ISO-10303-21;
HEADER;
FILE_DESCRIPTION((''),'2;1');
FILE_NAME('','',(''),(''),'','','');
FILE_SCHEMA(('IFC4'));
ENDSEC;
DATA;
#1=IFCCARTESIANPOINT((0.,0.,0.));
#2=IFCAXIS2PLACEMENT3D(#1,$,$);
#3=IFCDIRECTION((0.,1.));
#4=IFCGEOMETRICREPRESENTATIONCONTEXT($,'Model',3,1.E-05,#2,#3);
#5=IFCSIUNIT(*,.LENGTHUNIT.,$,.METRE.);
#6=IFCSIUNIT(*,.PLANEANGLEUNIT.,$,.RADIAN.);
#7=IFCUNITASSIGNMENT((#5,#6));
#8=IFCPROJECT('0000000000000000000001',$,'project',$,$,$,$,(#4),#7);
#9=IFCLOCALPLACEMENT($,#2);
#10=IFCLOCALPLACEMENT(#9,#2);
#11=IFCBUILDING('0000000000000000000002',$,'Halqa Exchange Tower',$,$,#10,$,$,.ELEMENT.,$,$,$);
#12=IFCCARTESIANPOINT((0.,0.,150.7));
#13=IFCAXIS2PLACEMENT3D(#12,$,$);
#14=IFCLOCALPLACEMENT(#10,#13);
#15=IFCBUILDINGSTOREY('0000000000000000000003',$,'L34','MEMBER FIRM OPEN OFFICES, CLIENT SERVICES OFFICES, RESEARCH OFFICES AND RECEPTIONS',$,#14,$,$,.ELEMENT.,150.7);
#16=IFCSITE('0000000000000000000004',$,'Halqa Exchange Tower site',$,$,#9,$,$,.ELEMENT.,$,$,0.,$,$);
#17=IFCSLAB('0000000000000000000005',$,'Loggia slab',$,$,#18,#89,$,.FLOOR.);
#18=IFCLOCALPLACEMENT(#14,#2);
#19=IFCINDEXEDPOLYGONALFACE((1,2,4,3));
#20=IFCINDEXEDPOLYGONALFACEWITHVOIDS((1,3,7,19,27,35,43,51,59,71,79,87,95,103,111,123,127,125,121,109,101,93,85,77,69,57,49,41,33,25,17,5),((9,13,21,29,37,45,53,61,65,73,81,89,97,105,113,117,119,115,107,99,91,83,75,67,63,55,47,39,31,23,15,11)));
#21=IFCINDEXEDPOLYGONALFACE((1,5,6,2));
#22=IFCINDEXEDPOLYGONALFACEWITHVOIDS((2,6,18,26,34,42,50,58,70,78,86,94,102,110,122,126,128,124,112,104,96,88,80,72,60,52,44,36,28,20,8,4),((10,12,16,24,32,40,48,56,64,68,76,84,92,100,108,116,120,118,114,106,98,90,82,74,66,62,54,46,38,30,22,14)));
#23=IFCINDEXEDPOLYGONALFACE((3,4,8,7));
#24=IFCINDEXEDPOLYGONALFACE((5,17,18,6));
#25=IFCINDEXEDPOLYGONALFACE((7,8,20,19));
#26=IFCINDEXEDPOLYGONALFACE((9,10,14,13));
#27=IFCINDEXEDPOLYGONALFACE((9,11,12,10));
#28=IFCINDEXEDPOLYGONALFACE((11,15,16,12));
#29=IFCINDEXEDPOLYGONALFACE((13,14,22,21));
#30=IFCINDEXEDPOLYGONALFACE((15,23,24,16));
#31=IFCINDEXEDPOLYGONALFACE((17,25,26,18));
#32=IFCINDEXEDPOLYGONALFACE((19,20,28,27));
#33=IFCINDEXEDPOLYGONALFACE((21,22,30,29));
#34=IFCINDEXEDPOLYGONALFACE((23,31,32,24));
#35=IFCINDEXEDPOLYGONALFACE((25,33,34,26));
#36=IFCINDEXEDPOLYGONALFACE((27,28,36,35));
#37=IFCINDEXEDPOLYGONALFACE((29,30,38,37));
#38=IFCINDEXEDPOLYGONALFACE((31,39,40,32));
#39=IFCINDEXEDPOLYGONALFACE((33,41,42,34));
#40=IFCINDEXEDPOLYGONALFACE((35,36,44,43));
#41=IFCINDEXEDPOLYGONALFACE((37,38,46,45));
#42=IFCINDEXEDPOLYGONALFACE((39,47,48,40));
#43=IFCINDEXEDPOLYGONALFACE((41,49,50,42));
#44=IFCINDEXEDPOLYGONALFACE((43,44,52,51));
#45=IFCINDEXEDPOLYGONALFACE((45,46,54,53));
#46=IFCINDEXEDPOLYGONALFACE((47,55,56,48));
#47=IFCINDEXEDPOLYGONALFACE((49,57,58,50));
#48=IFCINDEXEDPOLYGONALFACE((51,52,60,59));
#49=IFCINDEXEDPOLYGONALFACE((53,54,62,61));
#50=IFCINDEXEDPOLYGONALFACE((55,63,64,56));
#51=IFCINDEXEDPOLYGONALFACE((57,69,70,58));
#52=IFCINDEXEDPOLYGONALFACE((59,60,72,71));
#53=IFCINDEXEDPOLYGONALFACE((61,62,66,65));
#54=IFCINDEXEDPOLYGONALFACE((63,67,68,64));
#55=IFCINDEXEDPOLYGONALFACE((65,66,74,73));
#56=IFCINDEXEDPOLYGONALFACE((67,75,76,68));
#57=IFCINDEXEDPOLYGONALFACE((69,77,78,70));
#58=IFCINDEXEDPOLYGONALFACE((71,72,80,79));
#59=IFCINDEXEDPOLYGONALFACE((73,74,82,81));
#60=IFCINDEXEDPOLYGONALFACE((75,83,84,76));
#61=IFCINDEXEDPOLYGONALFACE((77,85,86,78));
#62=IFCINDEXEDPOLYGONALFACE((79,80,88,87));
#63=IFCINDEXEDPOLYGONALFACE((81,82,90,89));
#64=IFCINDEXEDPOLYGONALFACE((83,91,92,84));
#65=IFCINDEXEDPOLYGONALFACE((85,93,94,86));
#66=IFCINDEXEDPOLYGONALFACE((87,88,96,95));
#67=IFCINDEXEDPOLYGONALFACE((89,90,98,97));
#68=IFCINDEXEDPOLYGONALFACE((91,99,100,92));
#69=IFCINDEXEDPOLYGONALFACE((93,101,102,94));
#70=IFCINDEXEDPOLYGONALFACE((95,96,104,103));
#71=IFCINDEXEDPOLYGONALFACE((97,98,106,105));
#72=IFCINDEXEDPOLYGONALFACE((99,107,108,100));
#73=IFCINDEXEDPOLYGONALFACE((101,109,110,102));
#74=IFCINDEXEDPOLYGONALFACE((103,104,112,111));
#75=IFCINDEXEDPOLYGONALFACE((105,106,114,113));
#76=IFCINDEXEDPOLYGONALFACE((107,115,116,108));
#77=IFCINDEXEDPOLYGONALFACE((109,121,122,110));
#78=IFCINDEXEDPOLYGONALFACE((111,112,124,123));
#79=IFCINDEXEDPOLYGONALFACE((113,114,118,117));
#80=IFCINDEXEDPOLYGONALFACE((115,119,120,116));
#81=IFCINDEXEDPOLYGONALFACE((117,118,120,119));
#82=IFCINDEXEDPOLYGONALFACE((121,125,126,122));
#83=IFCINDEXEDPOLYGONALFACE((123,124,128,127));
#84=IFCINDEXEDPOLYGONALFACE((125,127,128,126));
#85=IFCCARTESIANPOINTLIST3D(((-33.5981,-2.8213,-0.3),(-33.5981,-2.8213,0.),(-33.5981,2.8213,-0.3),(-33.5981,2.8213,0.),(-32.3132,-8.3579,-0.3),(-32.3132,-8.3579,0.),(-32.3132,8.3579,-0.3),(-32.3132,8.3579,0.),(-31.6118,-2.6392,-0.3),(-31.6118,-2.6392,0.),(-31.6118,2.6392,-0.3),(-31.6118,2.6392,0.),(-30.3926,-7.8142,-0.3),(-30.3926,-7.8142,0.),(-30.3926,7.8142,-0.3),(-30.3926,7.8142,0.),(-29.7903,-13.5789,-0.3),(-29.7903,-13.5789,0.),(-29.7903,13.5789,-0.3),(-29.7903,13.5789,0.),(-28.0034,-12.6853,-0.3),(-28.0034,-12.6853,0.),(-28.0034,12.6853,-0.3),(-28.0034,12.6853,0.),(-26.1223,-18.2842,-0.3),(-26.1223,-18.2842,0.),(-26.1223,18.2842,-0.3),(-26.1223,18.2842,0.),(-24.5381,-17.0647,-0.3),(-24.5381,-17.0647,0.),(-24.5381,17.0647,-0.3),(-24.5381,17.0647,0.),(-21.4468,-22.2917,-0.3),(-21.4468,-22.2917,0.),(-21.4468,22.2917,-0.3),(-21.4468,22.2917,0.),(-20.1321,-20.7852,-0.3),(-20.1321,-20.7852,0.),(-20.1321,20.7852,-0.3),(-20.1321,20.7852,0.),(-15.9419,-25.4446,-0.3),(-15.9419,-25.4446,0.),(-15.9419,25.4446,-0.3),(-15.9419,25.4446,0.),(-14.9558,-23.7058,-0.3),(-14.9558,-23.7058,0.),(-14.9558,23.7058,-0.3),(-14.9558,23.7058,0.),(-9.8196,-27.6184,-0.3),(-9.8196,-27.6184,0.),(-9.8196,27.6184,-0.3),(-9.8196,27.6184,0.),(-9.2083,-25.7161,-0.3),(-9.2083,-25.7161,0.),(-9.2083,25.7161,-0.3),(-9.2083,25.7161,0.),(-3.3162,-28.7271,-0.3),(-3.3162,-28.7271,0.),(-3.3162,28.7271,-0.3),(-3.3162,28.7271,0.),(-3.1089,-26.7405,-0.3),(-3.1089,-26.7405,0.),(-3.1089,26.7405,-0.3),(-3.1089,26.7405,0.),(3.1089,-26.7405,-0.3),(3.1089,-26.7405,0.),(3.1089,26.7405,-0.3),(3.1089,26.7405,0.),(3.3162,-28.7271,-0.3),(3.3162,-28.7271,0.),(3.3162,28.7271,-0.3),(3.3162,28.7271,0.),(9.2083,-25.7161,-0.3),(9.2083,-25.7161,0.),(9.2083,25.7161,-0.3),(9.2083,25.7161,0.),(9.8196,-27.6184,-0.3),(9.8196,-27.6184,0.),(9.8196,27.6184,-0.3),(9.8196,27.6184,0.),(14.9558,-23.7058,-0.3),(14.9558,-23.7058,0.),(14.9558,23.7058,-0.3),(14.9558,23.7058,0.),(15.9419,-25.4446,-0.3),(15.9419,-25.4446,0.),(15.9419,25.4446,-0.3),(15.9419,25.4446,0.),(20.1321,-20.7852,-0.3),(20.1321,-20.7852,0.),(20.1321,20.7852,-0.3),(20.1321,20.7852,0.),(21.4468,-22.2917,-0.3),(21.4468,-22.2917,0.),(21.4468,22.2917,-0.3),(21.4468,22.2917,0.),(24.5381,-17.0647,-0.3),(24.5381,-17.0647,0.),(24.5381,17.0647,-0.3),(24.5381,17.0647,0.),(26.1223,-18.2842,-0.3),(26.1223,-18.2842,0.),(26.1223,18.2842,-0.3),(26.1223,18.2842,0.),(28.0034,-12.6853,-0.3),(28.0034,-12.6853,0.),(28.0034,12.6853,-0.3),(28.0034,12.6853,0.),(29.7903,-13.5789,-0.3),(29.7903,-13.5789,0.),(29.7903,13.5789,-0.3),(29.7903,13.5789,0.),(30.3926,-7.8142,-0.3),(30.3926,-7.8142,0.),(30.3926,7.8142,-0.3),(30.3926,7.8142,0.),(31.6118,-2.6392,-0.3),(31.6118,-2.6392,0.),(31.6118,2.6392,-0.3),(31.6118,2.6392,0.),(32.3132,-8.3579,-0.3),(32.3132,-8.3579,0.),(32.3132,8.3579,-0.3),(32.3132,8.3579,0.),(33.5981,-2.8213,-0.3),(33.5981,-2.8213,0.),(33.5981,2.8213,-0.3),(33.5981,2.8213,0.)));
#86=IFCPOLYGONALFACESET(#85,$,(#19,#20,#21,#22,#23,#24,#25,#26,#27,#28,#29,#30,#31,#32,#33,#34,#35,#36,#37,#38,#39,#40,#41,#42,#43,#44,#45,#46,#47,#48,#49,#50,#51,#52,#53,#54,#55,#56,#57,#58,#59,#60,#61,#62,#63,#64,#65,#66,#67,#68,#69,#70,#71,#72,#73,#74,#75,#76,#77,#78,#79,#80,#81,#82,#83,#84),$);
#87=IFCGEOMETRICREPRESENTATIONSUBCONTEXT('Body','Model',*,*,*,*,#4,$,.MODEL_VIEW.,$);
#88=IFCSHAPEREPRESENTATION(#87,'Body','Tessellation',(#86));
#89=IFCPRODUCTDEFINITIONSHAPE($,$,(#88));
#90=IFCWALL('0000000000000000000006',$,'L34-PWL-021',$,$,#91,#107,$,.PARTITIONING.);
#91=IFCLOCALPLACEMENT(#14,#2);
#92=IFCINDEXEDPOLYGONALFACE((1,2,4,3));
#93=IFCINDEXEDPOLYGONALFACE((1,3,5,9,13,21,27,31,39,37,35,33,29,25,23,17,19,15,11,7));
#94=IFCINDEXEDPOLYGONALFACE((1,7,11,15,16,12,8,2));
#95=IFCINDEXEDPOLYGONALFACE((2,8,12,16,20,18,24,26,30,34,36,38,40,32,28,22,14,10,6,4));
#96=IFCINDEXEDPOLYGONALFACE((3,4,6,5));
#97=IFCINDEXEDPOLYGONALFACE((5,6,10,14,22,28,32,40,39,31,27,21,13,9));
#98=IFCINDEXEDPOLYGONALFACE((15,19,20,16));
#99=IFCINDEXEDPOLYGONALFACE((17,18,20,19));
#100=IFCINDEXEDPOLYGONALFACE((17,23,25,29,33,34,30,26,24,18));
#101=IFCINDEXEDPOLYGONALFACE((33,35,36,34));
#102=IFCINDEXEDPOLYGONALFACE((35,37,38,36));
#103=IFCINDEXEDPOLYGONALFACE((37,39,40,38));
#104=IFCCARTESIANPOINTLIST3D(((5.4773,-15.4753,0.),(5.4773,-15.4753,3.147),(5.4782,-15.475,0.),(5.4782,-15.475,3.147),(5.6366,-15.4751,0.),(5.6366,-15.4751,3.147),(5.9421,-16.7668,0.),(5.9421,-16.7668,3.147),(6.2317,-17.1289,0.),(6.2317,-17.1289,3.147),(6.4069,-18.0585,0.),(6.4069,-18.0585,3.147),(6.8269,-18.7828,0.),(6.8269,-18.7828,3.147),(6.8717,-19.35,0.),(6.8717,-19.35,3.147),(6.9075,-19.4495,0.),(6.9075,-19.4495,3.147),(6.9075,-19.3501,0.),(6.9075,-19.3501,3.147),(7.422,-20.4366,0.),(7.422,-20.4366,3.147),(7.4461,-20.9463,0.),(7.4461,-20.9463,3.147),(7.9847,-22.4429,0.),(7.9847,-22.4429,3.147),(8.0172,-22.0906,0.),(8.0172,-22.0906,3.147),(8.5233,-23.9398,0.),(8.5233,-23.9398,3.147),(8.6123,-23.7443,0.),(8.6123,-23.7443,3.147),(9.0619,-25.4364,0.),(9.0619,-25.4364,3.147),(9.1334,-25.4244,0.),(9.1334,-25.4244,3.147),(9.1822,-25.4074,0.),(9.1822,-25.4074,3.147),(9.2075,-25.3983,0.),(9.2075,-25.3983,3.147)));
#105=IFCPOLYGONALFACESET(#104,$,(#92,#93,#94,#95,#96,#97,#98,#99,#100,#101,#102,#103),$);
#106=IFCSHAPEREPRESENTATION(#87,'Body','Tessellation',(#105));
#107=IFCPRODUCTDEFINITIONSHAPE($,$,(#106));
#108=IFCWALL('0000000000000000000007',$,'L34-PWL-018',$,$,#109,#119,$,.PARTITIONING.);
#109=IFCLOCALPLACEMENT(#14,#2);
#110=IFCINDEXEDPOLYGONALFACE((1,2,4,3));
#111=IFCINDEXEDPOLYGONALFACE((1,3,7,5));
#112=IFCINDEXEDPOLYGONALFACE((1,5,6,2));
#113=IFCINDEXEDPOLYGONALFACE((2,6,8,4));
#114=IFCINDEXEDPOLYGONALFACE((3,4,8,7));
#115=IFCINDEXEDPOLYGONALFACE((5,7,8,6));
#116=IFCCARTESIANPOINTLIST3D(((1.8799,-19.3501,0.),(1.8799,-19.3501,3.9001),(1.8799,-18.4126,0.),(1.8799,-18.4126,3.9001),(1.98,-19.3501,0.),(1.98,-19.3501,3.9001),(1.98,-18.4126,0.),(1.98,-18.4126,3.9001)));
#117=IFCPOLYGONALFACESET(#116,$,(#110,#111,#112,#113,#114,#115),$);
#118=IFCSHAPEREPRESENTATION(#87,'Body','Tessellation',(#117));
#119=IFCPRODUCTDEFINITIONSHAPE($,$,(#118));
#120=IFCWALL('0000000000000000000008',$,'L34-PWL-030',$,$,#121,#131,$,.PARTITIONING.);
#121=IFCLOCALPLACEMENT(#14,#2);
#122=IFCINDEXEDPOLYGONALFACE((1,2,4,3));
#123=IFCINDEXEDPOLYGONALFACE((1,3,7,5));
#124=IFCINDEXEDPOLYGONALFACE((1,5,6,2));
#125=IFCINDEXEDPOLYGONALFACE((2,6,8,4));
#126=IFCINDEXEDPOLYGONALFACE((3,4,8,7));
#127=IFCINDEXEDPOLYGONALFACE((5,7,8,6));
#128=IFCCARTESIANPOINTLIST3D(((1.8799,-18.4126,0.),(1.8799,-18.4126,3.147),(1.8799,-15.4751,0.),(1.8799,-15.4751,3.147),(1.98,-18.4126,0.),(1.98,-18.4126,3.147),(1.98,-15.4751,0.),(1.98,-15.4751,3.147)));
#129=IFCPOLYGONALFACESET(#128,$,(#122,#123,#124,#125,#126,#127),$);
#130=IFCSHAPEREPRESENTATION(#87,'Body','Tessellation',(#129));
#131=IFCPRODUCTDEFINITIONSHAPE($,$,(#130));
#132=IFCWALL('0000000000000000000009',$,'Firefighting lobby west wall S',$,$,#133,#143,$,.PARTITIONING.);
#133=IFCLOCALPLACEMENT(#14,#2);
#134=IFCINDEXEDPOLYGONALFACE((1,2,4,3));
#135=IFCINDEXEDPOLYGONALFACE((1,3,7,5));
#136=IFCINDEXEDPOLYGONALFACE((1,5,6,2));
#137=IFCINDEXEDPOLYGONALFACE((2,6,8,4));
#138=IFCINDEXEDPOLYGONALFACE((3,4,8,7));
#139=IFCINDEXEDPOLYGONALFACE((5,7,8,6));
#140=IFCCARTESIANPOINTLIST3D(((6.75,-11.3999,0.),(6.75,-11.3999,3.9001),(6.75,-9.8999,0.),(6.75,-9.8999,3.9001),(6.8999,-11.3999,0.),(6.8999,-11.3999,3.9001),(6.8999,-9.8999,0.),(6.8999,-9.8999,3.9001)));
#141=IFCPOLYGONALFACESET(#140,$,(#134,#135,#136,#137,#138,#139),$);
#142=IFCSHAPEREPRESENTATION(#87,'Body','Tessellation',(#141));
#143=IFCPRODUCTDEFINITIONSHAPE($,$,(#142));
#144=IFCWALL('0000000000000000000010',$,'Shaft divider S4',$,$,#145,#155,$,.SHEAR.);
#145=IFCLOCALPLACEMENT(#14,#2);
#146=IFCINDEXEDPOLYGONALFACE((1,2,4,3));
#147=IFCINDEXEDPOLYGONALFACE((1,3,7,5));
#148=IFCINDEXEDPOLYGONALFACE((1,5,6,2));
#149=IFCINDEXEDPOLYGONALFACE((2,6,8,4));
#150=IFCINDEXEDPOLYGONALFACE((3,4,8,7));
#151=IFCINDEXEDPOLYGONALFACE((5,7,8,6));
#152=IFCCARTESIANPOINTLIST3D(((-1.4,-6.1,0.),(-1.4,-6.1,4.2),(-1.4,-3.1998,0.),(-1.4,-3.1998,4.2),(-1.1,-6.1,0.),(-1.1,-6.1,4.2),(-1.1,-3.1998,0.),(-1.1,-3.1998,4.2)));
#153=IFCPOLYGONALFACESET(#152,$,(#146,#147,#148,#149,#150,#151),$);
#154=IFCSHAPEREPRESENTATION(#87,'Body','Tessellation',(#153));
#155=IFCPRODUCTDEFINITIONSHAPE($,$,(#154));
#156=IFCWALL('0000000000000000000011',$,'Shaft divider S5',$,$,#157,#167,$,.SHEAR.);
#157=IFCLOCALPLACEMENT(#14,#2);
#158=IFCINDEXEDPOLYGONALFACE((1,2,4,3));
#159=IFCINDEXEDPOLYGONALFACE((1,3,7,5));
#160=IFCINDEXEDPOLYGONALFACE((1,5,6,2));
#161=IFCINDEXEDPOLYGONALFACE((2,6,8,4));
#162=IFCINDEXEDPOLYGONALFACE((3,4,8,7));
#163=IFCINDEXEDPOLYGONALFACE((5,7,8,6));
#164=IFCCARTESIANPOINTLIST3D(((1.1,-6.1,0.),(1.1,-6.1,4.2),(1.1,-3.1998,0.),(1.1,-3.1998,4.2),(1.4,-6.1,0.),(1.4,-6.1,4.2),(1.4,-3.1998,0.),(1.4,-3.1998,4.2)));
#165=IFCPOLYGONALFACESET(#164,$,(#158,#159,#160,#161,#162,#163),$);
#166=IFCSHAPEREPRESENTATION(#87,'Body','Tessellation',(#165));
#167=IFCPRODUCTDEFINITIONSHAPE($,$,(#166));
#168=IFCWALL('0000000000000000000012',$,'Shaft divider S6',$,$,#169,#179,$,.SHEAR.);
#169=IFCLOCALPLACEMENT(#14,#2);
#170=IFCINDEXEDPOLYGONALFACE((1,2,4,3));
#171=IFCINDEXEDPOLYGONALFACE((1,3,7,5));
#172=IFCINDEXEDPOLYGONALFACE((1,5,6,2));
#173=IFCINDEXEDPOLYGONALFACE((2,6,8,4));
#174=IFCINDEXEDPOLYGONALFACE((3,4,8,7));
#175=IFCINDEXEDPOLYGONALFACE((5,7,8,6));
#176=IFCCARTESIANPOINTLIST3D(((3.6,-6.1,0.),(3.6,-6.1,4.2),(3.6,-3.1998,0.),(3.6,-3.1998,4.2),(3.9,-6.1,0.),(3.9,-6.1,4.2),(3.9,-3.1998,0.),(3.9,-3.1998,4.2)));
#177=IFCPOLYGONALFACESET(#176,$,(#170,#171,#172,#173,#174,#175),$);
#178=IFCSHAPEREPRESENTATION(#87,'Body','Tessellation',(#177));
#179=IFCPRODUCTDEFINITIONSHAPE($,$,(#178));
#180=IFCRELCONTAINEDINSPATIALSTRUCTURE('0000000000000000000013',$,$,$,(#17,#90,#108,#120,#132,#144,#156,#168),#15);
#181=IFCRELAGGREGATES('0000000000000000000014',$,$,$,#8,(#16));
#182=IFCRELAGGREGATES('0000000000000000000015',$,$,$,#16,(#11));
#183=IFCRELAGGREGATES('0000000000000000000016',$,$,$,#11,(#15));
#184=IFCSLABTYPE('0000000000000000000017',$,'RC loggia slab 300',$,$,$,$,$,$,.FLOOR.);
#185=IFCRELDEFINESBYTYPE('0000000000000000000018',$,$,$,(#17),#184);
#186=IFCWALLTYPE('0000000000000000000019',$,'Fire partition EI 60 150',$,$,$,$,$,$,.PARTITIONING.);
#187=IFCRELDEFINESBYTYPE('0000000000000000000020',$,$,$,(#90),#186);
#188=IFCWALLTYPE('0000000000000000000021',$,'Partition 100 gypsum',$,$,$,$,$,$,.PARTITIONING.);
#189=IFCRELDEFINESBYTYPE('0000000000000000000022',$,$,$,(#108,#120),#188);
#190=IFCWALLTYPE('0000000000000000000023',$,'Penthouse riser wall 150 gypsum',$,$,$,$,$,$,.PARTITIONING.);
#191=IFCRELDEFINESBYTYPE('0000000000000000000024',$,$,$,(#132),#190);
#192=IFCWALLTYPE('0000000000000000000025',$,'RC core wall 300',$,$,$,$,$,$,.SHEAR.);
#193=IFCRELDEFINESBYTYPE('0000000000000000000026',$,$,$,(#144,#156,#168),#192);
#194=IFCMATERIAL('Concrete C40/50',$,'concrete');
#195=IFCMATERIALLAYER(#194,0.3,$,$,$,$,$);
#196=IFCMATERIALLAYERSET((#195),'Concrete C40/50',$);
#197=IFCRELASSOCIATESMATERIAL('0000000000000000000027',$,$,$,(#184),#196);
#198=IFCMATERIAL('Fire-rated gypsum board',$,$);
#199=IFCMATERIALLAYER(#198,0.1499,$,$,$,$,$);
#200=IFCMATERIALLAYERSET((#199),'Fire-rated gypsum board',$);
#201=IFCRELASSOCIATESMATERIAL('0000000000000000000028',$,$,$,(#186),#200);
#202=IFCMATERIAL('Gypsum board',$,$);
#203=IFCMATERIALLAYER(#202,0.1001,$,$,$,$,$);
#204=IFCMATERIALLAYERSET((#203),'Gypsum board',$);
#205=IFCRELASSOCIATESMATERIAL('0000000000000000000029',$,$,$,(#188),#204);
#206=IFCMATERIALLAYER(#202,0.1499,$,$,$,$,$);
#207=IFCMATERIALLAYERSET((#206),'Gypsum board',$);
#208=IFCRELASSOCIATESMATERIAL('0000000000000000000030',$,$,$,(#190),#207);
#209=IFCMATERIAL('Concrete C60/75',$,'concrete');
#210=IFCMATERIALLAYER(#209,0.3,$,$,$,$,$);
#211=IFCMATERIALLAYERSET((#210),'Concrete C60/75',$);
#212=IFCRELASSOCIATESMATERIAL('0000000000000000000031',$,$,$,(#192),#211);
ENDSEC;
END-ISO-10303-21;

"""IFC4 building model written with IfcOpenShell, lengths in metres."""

from ifc_helpers import new_model, si_unit, direction, frame, frame_2d, origin, place, context, subcontext, project, spatial, polyline, rectangle, outline, extrude, material, layer, layer_set, type_object, element, save


model = new_model("IFC4")

# Units and contexts
model_context = context("Model", 3, precision=1e-05, world=origin(), true_north=direction((0.0, 1.0)))
body_context = subcontext(model_context, "Body", "Model", "MODEL_VIEW")
ifc_project = project(units=[si_unit("LENGTHUNIT", "METRE"), si_unit("PLANEANGLEUNIT", "RADIAN")], contexts=[model_context])

# Site, building, storey
site_placement = place(None, origin())
site = spatial("IfcSite", under=ifc_project, at=site_placement, Name="Halqa Exchange Tower site", CompositionType="ELEMENT", RefElevation=0.0)
building_placement = place(site_placement, origin())
building = spatial("IfcBuilding", under=site, at=building_placement, Name="Halqa Exchange Tower", CompositionType="ELEMENT")
storey_placement = place(building_placement, frame((0.0, 0.0, 150.7)))
storey = spatial("IfcBuildingStorey", under=building, at=storey_placement, Name="L34", Description="MEMBER FIRM OPEN OFFICES, CLIENT SERVICES OFFICES, RESEARCH OFFICES AND RECEPTIONS", CompositionType="ELEMENT", Elevation=150.7)

# Shared definitions
ifc_material_1 = material(Name="Concrete C60/75", Category="concrete")

# Slab
ifc_material_2 = material(Name="Concrete C40/50", Category="concrete")
ifc_layer_1 = layer(ifc_material_2, 0.3)
ifc_layer_set_1 = layer_set([ifc_layer_1], Name="Concrete C40/50")
slab_type_1 = type_object("IfcSlabType", Name="RC loggia slab 300", PredefinedType="FLOOR", material=ifc_layer_set_1)
slab_1_placement = place(storey_placement, frame((0.0, 0.0, -0.3)))
element("IfcSlab", 1, at=slab_1_placement, inside=storey, type_object=slab_type_1, Name="Loggia slab", PredefinedType="FLOOR", context=body_context, shape_type="SweptSolid", body=[
    extrude(outline(polyline([(33.5981, 2.8213), (33.5981, -2.8213), (32.3132, -8.3579), (29.7903, -13.5789), (26.1223, -18.2842), (21.4468, -22.2917), (15.9419, -25.4446), (9.8196, -27.6184), (3.3162, -28.7271), (-3.3162, -28.7271), (-9.8196, -27.6184), (-15.9419, -25.4446), (-21.4468, -22.2917), (-26.1223, -18.2842), (-29.7903, -13.5789), (-32.3132, -8.3579), (-33.5981, -2.8213), (-33.5981, 2.8213), (-32.3132, 8.3579), (-29.7903, 13.5789), (-26.1223, 18.2842), (-21.4468, 22.2917), (-15.9419, 25.4446), (-9.8196, 27.6184), (-3.3162, 28.7271), (3.3162, 28.7271), (9.8196, 27.6184), (15.9419, 25.4446), (21.4468, 22.2917), (26.1223, 18.2842), (29.7903, 13.5789), (32.3132, 8.3579), (33.5981, 2.8213)]), holes=[polyline([(31.6118, 2.6392), (30.3926, 7.8142), (28.0034, 12.6853), (24.5381, 17.0647), (20.1321, 20.7852), (14.9558, 23.7058), (9.2083, 25.7161), (3.1089, 26.7405), (-3.1089, 26.7405), (-9.2083, 25.7161), (-14.9558, 23.7058), (-20.1321, 20.7852), (-24.5381, 17.0647), (-28.0034, 12.6853), (-30.3926, 7.8142), (-31.6118, 2.6392), (-31.6118, -2.6392), (-30.3926, -7.8142), (-28.0034, -12.6853), (-24.5381, -17.0647), (-20.1321, -20.7852), (-14.9558, -23.7058), (-9.2083, -25.7161), (-3.1089, -26.7405), (3.1089, -26.7405), (9.2083, -25.7161), (14.9558, -23.7058), (20.1321, -20.7852), (24.5381, -17.0647), (28.0034, -12.6853), (30.3926, -7.8142), (31.6118, -2.6392), (31.6118, 2.6392)])]), origin(), (0.0, 0.0, 1.0), 0.3),
])

# Walls
ifc_material_3 = material(Name="Fire-rated gypsum board")
ifc_layer_2 = layer(ifc_material_3, 0.1499)
ifc_layer_set_2 = layer_set([ifc_layer_2], Name="Fire-rated gypsum board")
wall_type_1 = type_object("IfcWallType", Name="Fire partition EI 60 150", PredefinedType="PARTITIONING", material=ifc_layer_set_2)
wall_1_placement = place(storey_placement, frame((5.5479, -15.45, 0.0), z_axis=(0.0, 0.0, 1.0), x_axis=(0.338603, -0.940929, 0.0)))
element("IfcWall", 2, at=wall_1_placement, inside=storey, type_object=wall_type_1, Name="L34-PWL-021", PredefinedType="PARTITIONING", context=body_context, shape_type="SweptSolid", body=[
    extrude(outline(polyline([(0.0, -0.075), (1.3726, -0.075), (2.7454, -0.075), (4.1179, -0.075), (4.1301, -0.0413), (4.2236, -0.075), (5.8145, -0.075), (7.405, -0.075), (8.9958, -0.075), (10.5864, -0.075), (10.5994, -0.0037), (10.5999, 0.0481), (10.5999, 0.075), (8.842, 0.075), (7.0845, 0.075), (5.3267, 0.075), (3.5691, 0.075), (1.8113, 0.075), (0.0537, 0.075), (0.0, -0.074), (0.0, -0.075)])), origin(), (0.0, 0.0, 1.0), 3.147),
])
ifc_material_4 = material(Name="Gypsum board")
ifc_layer_3 = layer(ifc_material_4, 0.1001)
ifc_layer_set_3 = layer_set([ifc_layer_3], Name="Gypsum board")
wall_type_2 = type_object("IfcWallType", Name="Partition 100 gypsum", PredefinedType="PARTITIONING", material=ifc_layer_set_3)
wall_2_placement = place(storey_placement, frame((1.9299, -19.3501, 0.0), z_axis=(0.0, 0.0, 1.0), x_axis=(0.0, 1.0, 0.0)))
element("IfcWall", 3, at=wall_2_placement, inside=storey, type_object=wall_type_2, Name="L34-PWL-018", PredefinedType="PARTITIONING", context=body_context, shape_type="SweptSolid", body=[
    extrude(rectangle(XDim=0.9375, YDim=0.1001, at=frame_2d((0.4688, 0.0))), origin(), (0.0, 0.0, 1.0), 3.9001),
])
wall_3_placement = place(storey_placement, frame((1.9299, -18.4126, 0.0), z_axis=(0.0, 0.0, 1.0), x_axis=(0.0, 1.0, 0.0)))
element("IfcWall", 4, at=wall_3_placement, inside=storey, type_object=wall_type_2, Name="L34-PWL-030", PredefinedType="PARTITIONING", context=body_context, shape_type="SweptSolid", body=[
    extrude(rectangle(XDim=2.9375, YDim=0.1001, at=frame_2d((1.4688, 0.0))), origin(), (0.0, 0.0, 1.0), 3.147),
])
ifc_layer_4 = layer(ifc_material_4, 0.1499)
ifc_layer_set_4 = layer_set([ifc_layer_4], Name="Gypsum board")
wall_type_3 = type_object("IfcWallType", Name="Penthouse riser wall 150 gypsum", PredefinedType="PARTITIONING", material=ifc_layer_set_4)
wall_4_placement = place(storey_placement, frame((6.825, -11.3999, 0.0), z_axis=(0.0, 0.0, 1.0), x_axis=(0.0, 1.0, 0.0)))
element("IfcWall", 5, at=wall_4_placement, inside=storey, type_object=wall_type_3, Name="Firefighting lobby west wall S", PredefinedType="PARTITIONING", context=body_context, shape_type="SweptSolid", body=[
    extrude(rectangle(XDim=1.5, YDim=0.1499, at=frame_2d((0.75, 0.0))), origin(), (0.0, 0.0, 1.0), 3.9001),
])
ifc_layer_5 = layer(ifc_material_1, 0.3)
ifc_layer_set_5 = layer_set([ifc_layer_5], Name="Concrete C60/75")
wall_type_4 = type_object("IfcWallType", Name="RC core wall 300", PredefinedType="SHEAR", material=ifc_layer_set_5)
for number, where, z_axis, x_axis, name in (
    (6, (-1.25, -6.1001, 0.0), (0.0, 0.0, 1.0), (0.0, 1.0, 0.0), "Shaft divider S4"),
    (7, (1.25, -6.1001, 0.0), (0.0, 0.0, 1.0), (0.0, 1.0, 0.0), "Shaft divider S5"),
    (8, (3.75, -6.1001, 0.0), (0.0, 0.0, 1.0), (0.0, 1.0, 0.0), "Shaft divider S6"),
):
    element("IfcWall", number, at=place(storey_placement, frame(where, z_axis=z_axis, x_axis=x_axis)), inside=storey, type_object=wall_type_4, Name=name, PredefinedType="SHEAR", context=body_context, shape_type="SweptSolid", body=[
        extrude(rectangle(XDim=2.9001, YDim=0.3, at=frame_2d((1.4502, 0.0))), origin(), (0.0, 0.0, 1.0), 4.2),
    ])

save(model, "model.ifc")
